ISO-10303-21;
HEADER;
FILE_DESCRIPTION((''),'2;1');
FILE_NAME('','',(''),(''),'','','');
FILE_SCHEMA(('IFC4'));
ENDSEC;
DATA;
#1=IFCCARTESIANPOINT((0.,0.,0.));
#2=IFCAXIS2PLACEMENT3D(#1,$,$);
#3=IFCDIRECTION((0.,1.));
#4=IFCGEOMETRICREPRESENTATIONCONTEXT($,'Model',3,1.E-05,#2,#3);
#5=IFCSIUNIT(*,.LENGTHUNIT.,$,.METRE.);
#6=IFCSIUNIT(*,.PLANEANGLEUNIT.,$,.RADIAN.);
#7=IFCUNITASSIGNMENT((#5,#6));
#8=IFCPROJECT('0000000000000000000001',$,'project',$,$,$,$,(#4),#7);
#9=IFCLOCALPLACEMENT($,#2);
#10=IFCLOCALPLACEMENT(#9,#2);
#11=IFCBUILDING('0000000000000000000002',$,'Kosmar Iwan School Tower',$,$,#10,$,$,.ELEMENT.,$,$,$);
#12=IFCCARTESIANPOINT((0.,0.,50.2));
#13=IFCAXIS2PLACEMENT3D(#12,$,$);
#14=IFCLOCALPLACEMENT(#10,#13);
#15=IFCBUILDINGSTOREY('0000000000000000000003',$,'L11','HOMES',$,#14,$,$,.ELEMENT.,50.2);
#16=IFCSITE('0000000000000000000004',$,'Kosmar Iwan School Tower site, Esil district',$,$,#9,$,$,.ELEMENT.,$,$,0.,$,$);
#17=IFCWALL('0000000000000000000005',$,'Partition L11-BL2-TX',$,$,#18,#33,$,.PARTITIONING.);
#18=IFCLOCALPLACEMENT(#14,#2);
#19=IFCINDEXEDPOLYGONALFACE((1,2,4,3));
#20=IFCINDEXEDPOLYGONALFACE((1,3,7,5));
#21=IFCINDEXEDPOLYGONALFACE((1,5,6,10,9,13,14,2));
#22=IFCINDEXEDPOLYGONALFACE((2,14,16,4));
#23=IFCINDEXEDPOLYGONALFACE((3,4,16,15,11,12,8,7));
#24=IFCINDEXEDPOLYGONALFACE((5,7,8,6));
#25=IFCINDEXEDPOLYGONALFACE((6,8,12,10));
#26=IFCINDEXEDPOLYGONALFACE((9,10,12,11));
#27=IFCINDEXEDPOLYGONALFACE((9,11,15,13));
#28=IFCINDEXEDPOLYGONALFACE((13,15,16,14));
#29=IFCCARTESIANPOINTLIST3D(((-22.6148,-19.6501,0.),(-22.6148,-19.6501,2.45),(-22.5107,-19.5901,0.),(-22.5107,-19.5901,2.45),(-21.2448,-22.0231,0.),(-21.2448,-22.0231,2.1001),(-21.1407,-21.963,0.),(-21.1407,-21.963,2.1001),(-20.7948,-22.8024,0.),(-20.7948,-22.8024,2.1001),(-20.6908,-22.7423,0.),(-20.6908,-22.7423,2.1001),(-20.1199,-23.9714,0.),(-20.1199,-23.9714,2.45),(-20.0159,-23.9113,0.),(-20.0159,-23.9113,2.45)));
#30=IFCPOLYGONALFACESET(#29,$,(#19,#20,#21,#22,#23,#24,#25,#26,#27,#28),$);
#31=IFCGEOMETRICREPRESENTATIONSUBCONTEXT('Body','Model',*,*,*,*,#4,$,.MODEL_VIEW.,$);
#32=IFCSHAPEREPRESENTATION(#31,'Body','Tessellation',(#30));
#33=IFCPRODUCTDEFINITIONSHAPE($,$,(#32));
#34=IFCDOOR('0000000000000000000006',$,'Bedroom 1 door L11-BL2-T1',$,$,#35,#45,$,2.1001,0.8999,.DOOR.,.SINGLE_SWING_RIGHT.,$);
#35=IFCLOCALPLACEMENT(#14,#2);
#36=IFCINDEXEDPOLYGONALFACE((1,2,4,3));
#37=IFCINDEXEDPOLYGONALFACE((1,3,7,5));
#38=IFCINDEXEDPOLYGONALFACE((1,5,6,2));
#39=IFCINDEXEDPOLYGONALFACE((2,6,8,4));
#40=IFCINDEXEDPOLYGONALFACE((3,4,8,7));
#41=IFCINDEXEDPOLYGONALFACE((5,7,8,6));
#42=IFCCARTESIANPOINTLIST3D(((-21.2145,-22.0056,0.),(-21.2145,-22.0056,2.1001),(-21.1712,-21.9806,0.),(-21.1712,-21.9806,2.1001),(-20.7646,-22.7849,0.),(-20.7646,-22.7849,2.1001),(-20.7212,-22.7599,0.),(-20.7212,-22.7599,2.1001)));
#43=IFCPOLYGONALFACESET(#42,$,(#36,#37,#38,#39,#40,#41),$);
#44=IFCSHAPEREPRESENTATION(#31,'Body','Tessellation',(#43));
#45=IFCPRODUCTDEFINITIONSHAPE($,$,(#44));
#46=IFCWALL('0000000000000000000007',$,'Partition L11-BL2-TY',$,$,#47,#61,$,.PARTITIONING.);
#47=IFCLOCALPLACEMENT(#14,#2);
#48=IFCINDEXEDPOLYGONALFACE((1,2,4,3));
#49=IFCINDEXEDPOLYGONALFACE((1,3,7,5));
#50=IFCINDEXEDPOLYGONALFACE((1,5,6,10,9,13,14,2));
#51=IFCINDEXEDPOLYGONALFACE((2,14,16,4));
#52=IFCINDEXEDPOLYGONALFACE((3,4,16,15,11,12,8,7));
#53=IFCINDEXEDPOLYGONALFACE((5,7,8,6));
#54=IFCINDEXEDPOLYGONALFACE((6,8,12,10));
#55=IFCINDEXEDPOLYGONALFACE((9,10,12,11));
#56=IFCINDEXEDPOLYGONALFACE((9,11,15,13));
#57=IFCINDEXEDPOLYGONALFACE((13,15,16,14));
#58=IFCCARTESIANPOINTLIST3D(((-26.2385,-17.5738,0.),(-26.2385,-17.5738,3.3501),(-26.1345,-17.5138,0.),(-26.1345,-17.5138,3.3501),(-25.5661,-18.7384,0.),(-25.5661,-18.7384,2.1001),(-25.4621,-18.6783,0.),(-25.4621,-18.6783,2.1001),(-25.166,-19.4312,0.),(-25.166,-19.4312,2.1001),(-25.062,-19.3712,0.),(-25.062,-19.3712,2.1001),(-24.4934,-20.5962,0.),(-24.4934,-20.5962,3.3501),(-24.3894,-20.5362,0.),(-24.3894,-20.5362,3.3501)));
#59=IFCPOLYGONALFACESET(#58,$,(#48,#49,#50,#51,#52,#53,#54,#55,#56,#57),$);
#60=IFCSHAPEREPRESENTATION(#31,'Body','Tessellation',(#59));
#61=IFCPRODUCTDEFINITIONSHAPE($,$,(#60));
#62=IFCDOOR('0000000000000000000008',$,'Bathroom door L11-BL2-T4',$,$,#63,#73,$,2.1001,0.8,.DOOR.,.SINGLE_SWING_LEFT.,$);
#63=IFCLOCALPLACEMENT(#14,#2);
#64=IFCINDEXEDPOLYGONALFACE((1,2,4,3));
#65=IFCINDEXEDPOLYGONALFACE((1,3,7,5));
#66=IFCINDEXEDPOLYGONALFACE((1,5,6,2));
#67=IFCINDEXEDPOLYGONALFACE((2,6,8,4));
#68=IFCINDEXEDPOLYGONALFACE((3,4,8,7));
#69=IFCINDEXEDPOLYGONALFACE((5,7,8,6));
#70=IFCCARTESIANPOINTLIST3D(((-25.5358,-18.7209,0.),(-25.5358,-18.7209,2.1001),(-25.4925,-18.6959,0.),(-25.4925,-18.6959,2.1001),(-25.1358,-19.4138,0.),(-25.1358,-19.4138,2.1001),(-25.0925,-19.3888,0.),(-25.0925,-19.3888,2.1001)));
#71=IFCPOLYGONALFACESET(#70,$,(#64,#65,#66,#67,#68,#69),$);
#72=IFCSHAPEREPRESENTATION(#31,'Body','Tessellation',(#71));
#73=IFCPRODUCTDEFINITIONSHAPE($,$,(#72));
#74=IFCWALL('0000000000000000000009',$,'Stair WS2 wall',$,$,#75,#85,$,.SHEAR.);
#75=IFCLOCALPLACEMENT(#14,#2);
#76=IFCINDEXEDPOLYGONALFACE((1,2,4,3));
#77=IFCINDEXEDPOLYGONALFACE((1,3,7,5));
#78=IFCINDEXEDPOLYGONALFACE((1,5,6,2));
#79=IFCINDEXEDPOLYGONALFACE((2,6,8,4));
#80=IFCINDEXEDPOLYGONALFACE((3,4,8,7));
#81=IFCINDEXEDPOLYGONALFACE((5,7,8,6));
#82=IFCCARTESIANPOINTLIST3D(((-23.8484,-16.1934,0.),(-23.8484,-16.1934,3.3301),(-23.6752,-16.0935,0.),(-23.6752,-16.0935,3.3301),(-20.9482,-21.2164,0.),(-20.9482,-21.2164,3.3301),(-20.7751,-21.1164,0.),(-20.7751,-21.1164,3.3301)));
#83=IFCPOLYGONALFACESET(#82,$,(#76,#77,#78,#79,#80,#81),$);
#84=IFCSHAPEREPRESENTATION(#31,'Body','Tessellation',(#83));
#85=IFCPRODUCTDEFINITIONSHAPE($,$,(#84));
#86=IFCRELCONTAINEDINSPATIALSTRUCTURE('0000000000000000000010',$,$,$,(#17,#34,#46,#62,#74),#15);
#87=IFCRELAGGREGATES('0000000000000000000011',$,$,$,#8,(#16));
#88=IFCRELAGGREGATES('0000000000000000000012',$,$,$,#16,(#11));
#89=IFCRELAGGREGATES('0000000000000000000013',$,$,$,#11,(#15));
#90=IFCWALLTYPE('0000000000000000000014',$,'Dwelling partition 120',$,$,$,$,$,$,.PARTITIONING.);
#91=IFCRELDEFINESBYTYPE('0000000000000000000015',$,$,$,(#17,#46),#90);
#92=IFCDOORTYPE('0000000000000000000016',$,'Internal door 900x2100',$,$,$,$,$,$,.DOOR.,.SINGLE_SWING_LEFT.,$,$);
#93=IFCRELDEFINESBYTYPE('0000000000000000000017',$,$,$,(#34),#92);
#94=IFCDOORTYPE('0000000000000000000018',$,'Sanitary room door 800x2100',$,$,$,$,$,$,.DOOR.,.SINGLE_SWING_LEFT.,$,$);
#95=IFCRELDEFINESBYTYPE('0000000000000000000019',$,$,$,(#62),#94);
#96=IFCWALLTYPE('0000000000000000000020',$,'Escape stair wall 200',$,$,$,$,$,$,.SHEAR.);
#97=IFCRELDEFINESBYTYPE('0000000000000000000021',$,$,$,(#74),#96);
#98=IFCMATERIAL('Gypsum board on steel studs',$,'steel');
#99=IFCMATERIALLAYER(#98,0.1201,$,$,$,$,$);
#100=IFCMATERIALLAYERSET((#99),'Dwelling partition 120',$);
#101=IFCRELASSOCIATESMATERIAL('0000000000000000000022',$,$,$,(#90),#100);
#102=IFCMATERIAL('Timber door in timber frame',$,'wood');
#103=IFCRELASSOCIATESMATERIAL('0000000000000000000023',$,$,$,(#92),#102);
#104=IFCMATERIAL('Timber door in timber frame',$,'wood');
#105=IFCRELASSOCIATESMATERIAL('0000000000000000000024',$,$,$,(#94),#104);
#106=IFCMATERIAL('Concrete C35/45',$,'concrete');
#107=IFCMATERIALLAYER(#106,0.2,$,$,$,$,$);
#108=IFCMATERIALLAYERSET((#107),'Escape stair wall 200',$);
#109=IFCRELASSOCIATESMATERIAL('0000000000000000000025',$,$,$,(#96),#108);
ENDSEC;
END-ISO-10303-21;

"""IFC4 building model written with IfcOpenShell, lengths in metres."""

from ifc_helpers import new_model, si_unit, direction, frame, frame_2d, origin, place, context, subcontext, project, spatial, rectangle, extrude, material, layer, layer_set, type_object, element, fill, save


model = new_model("IFC4")

# Units and contexts
model_context = context("Model", 3, precision=1e-05, world=origin(), true_north=direction((0.0, 1.0)))
body_context = subcontext(model_context, "Body", "Model", "MODEL_VIEW")
ifc_project = project(units=[si_unit("LENGTHUNIT", "METRE"), si_unit("PLANEANGLEUNIT", "RADIAN")], contexts=[model_context])

# Site, building, storey
site_placement = place(None, origin())
site = spatial("IfcSite", under=ifc_project, at=site_placement, Name="Kosmar Iwan School Tower site, Esil district", CompositionType="ELEMENT", RefElevation=0.0)
building_placement = place(site_placement, origin())
building = spatial("IfcBuilding", under=site, at=building_placement, Name="Kosmar Iwan School Tower", CompositionType="ELEMENT")
storey_placement = place(building_placement, frame((0.0, 0.0, 50.2)))
storey = spatial("IfcBuildingStorey", under=building, at=storey_placement, Name="L11", Description="HOMES", CompositionType="ELEMENT", Elevation=50.2)

# Walls, openings, doors
ifc_material_1 = material(Name="Gypsum board on steel studs", Category="steel")
ifc_layer_1 = layer(ifc_material_1, 0.1201)
ifc_layer_set_1 = layer_set([ifc_layer_1], Name="Dwelling partition 120")
wall_type_1 = type_object("IfcWallType", Name="Dwelling partition 120", PredefinedType="PARTITIONING", material=ifc_layer_set_1)
wall_1_placement = place(storey_placement, frame((-22.5627, -19.6201, 0.0), z_axis=(0.0, 0.0, 1.0), x_axis=(0.499996, -0.866028, 0.0)))
wall_1 = element("IfcWall", 1, at=wall_1_placement, inside=storey, type_object=wall_type_1, Name="Partition L11-BL2-TX", PredefinedType="PARTITIONING", context=body_context, shape_type="SweptSolid", body=[
    extrude(rectangle(XDim=4.9897, YDim=0.1201, at=frame_2d((2.4949, 0.0))), origin(), (0.0, 0.0, 1.0), 2.45),
])
opening_1_placement = place(wall_1_placement, frame((2.74, 0.0, 0.0)))
opening_1 = element("IfcOpeningElement", 2, at=opening_1_placement, cuts=wall_1, PredefinedType="OPENING", context=body_context, shape_type="SweptSolid", body=[
    extrude(rectangle(XDim=0.8999, YDim=2.1001, at=frame_2d((0.45, 1.05))), frame((0.0, 0.072, 0.0), z_axis=(0.0, -1.0, 0.0), x_axis=(1.0, 0.0, 0.0)), (0.0, 0.0, 1.0), 0.144),
])
ifc_material_2 = material(Name="Timber door in timber frame", Category="wood")
door_type_1 = type_object("IfcDoorType", Name="Internal door 900x2100", OperationType="SINGLE_SWING_LEFT", PredefinedType="DOOR", material=ifc_material_2)
door_1_placement = place(opening_1_placement, origin())
door_1 = element("IfcDoor", 3, at=door_1_placement, inside=storey, type_object=door_type_1, Name="Bedroom 1 door L11-BL2-T1", OperationType="SINGLE_SWING_RIGHT", OverallHeight=2.1001, OverallWidth=0.8999, PredefinedType="DOOR", context=body_context, shape_type="SweptSolid", body=[
    extrude(rectangle(XDim=0.8999, YDim=2.1001, at=frame_2d((0.45, 1.05))), frame((0.0, 0.0249, 0.0), z_axis=(0.0, -1.0, 0.0), x_axis=(1.0, 0.0, 0.0)), (0.0, 0.0, 1.0), 0.05),
])
fill(opening_1, door_1)
wall_2_placement = place(storey_placement, frame((-26.1865, -17.5437, 0.0), z_axis=(0.0, 0.0, 1.0), x_axis=(0.500021, -0.866013, 0.0)))
wall_2 = element("IfcWall", 4, at=wall_2_placement, inside=storey, type_object=wall_type_1, Name="Partition L11-BL2-TY", PredefinedType="PARTITIONING", context=body_context, shape_type="SweptSolid", body=[
    extrude(rectangle(XDim=3.49, YDim=0.1201, at=frame_2d((1.7451, 0.0))), origin(), (0.0, 0.0, 1.0), 3.3501),
])
opening_2_placement = place(wall_2_placement, frame((1.345, 0.0, 0.0)))
opening_2 = element("IfcOpeningElement", 5, at=opening_2_placement, cuts=wall_2, PredefinedType="OPENING", context=body_context, shape_type="SweptSolid", body=[
    extrude(rectangle(XDim=0.8, YDim=2.1001, at=frame_2d((0.3999, 1.05))), frame((0.0, 0.072, 0.0), z_axis=(0.0, -1.0, 0.0), x_axis=(1.0, 0.0, 0.0)), (0.0, 0.0, 1.0), 0.144),
])
ifc_material_3 = material(Name="Timber door in timber frame", Category="wood")
door_type_2 = type_object("IfcDoorType", Name="Sanitary room door 800x2100", OperationType="SINGLE_SWING_LEFT", PredefinedType="DOOR", material=ifc_material_3)
door_2_placement = place(opening_2_placement, origin())
door_2 = element("IfcDoor", 6, at=door_2_placement, inside=storey, type_object=door_type_2, Name="Bathroom door L11-BL2-T4", OperationType="SINGLE_SWING_LEFT", OverallHeight=2.1001, OverallWidth=0.8, PredefinedType="DOOR", context=body_context, shape_type="SweptSolid", body=[
    extrude(rectangle(XDim=0.8, YDim=2.1001, at=frame_2d((0.3999, 1.05))), frame((0.0, 0.0249, 0.0), z_axis=(0.0, -1.0, 0.0), x_axis=(1.0, 0.0, 0.0)), (0.0, 0.0, 1.0), 0.05),
])
fill(opening_2, door_2)

# Wall
ifc_material_4 = material(Name="Concrete C35/45", Category="concrete")
ifc_layer_2 = layer(ifc_material_4, 0.2)
ifc_layer_set_2 = layer_set([ifc_layer_2], Name="Escape stair wall 200")
wall_type_2 = type_object("IfcWallType", Name="Escape stair wall 200", PredefinedType="SHEAR", material=ifc_layer_set_2)
wall_3_placement = place(storey_placement, frame((-23.7617, -16.1436, 0.0), z_axis=(0.0, 0.0, 1.0), x_axis=(0.500019, -0.866015, 0.0)))
element("IfcWall", 7, at=wall_3_placement, inside=storey, type_object=wall_type_2, Name="Stair WS2 wall", PredefinedType="SHEAR", context=body_context, shape_type="SweptSolid", body=[
    extrude(rectangle(XDim=5.8, YDim=0.2, at=frame_2d((2.8999, 0.0))), origin(), (0.0, 0.0, 1.0), 3.3301),
])

save(model, "model.ifc")
